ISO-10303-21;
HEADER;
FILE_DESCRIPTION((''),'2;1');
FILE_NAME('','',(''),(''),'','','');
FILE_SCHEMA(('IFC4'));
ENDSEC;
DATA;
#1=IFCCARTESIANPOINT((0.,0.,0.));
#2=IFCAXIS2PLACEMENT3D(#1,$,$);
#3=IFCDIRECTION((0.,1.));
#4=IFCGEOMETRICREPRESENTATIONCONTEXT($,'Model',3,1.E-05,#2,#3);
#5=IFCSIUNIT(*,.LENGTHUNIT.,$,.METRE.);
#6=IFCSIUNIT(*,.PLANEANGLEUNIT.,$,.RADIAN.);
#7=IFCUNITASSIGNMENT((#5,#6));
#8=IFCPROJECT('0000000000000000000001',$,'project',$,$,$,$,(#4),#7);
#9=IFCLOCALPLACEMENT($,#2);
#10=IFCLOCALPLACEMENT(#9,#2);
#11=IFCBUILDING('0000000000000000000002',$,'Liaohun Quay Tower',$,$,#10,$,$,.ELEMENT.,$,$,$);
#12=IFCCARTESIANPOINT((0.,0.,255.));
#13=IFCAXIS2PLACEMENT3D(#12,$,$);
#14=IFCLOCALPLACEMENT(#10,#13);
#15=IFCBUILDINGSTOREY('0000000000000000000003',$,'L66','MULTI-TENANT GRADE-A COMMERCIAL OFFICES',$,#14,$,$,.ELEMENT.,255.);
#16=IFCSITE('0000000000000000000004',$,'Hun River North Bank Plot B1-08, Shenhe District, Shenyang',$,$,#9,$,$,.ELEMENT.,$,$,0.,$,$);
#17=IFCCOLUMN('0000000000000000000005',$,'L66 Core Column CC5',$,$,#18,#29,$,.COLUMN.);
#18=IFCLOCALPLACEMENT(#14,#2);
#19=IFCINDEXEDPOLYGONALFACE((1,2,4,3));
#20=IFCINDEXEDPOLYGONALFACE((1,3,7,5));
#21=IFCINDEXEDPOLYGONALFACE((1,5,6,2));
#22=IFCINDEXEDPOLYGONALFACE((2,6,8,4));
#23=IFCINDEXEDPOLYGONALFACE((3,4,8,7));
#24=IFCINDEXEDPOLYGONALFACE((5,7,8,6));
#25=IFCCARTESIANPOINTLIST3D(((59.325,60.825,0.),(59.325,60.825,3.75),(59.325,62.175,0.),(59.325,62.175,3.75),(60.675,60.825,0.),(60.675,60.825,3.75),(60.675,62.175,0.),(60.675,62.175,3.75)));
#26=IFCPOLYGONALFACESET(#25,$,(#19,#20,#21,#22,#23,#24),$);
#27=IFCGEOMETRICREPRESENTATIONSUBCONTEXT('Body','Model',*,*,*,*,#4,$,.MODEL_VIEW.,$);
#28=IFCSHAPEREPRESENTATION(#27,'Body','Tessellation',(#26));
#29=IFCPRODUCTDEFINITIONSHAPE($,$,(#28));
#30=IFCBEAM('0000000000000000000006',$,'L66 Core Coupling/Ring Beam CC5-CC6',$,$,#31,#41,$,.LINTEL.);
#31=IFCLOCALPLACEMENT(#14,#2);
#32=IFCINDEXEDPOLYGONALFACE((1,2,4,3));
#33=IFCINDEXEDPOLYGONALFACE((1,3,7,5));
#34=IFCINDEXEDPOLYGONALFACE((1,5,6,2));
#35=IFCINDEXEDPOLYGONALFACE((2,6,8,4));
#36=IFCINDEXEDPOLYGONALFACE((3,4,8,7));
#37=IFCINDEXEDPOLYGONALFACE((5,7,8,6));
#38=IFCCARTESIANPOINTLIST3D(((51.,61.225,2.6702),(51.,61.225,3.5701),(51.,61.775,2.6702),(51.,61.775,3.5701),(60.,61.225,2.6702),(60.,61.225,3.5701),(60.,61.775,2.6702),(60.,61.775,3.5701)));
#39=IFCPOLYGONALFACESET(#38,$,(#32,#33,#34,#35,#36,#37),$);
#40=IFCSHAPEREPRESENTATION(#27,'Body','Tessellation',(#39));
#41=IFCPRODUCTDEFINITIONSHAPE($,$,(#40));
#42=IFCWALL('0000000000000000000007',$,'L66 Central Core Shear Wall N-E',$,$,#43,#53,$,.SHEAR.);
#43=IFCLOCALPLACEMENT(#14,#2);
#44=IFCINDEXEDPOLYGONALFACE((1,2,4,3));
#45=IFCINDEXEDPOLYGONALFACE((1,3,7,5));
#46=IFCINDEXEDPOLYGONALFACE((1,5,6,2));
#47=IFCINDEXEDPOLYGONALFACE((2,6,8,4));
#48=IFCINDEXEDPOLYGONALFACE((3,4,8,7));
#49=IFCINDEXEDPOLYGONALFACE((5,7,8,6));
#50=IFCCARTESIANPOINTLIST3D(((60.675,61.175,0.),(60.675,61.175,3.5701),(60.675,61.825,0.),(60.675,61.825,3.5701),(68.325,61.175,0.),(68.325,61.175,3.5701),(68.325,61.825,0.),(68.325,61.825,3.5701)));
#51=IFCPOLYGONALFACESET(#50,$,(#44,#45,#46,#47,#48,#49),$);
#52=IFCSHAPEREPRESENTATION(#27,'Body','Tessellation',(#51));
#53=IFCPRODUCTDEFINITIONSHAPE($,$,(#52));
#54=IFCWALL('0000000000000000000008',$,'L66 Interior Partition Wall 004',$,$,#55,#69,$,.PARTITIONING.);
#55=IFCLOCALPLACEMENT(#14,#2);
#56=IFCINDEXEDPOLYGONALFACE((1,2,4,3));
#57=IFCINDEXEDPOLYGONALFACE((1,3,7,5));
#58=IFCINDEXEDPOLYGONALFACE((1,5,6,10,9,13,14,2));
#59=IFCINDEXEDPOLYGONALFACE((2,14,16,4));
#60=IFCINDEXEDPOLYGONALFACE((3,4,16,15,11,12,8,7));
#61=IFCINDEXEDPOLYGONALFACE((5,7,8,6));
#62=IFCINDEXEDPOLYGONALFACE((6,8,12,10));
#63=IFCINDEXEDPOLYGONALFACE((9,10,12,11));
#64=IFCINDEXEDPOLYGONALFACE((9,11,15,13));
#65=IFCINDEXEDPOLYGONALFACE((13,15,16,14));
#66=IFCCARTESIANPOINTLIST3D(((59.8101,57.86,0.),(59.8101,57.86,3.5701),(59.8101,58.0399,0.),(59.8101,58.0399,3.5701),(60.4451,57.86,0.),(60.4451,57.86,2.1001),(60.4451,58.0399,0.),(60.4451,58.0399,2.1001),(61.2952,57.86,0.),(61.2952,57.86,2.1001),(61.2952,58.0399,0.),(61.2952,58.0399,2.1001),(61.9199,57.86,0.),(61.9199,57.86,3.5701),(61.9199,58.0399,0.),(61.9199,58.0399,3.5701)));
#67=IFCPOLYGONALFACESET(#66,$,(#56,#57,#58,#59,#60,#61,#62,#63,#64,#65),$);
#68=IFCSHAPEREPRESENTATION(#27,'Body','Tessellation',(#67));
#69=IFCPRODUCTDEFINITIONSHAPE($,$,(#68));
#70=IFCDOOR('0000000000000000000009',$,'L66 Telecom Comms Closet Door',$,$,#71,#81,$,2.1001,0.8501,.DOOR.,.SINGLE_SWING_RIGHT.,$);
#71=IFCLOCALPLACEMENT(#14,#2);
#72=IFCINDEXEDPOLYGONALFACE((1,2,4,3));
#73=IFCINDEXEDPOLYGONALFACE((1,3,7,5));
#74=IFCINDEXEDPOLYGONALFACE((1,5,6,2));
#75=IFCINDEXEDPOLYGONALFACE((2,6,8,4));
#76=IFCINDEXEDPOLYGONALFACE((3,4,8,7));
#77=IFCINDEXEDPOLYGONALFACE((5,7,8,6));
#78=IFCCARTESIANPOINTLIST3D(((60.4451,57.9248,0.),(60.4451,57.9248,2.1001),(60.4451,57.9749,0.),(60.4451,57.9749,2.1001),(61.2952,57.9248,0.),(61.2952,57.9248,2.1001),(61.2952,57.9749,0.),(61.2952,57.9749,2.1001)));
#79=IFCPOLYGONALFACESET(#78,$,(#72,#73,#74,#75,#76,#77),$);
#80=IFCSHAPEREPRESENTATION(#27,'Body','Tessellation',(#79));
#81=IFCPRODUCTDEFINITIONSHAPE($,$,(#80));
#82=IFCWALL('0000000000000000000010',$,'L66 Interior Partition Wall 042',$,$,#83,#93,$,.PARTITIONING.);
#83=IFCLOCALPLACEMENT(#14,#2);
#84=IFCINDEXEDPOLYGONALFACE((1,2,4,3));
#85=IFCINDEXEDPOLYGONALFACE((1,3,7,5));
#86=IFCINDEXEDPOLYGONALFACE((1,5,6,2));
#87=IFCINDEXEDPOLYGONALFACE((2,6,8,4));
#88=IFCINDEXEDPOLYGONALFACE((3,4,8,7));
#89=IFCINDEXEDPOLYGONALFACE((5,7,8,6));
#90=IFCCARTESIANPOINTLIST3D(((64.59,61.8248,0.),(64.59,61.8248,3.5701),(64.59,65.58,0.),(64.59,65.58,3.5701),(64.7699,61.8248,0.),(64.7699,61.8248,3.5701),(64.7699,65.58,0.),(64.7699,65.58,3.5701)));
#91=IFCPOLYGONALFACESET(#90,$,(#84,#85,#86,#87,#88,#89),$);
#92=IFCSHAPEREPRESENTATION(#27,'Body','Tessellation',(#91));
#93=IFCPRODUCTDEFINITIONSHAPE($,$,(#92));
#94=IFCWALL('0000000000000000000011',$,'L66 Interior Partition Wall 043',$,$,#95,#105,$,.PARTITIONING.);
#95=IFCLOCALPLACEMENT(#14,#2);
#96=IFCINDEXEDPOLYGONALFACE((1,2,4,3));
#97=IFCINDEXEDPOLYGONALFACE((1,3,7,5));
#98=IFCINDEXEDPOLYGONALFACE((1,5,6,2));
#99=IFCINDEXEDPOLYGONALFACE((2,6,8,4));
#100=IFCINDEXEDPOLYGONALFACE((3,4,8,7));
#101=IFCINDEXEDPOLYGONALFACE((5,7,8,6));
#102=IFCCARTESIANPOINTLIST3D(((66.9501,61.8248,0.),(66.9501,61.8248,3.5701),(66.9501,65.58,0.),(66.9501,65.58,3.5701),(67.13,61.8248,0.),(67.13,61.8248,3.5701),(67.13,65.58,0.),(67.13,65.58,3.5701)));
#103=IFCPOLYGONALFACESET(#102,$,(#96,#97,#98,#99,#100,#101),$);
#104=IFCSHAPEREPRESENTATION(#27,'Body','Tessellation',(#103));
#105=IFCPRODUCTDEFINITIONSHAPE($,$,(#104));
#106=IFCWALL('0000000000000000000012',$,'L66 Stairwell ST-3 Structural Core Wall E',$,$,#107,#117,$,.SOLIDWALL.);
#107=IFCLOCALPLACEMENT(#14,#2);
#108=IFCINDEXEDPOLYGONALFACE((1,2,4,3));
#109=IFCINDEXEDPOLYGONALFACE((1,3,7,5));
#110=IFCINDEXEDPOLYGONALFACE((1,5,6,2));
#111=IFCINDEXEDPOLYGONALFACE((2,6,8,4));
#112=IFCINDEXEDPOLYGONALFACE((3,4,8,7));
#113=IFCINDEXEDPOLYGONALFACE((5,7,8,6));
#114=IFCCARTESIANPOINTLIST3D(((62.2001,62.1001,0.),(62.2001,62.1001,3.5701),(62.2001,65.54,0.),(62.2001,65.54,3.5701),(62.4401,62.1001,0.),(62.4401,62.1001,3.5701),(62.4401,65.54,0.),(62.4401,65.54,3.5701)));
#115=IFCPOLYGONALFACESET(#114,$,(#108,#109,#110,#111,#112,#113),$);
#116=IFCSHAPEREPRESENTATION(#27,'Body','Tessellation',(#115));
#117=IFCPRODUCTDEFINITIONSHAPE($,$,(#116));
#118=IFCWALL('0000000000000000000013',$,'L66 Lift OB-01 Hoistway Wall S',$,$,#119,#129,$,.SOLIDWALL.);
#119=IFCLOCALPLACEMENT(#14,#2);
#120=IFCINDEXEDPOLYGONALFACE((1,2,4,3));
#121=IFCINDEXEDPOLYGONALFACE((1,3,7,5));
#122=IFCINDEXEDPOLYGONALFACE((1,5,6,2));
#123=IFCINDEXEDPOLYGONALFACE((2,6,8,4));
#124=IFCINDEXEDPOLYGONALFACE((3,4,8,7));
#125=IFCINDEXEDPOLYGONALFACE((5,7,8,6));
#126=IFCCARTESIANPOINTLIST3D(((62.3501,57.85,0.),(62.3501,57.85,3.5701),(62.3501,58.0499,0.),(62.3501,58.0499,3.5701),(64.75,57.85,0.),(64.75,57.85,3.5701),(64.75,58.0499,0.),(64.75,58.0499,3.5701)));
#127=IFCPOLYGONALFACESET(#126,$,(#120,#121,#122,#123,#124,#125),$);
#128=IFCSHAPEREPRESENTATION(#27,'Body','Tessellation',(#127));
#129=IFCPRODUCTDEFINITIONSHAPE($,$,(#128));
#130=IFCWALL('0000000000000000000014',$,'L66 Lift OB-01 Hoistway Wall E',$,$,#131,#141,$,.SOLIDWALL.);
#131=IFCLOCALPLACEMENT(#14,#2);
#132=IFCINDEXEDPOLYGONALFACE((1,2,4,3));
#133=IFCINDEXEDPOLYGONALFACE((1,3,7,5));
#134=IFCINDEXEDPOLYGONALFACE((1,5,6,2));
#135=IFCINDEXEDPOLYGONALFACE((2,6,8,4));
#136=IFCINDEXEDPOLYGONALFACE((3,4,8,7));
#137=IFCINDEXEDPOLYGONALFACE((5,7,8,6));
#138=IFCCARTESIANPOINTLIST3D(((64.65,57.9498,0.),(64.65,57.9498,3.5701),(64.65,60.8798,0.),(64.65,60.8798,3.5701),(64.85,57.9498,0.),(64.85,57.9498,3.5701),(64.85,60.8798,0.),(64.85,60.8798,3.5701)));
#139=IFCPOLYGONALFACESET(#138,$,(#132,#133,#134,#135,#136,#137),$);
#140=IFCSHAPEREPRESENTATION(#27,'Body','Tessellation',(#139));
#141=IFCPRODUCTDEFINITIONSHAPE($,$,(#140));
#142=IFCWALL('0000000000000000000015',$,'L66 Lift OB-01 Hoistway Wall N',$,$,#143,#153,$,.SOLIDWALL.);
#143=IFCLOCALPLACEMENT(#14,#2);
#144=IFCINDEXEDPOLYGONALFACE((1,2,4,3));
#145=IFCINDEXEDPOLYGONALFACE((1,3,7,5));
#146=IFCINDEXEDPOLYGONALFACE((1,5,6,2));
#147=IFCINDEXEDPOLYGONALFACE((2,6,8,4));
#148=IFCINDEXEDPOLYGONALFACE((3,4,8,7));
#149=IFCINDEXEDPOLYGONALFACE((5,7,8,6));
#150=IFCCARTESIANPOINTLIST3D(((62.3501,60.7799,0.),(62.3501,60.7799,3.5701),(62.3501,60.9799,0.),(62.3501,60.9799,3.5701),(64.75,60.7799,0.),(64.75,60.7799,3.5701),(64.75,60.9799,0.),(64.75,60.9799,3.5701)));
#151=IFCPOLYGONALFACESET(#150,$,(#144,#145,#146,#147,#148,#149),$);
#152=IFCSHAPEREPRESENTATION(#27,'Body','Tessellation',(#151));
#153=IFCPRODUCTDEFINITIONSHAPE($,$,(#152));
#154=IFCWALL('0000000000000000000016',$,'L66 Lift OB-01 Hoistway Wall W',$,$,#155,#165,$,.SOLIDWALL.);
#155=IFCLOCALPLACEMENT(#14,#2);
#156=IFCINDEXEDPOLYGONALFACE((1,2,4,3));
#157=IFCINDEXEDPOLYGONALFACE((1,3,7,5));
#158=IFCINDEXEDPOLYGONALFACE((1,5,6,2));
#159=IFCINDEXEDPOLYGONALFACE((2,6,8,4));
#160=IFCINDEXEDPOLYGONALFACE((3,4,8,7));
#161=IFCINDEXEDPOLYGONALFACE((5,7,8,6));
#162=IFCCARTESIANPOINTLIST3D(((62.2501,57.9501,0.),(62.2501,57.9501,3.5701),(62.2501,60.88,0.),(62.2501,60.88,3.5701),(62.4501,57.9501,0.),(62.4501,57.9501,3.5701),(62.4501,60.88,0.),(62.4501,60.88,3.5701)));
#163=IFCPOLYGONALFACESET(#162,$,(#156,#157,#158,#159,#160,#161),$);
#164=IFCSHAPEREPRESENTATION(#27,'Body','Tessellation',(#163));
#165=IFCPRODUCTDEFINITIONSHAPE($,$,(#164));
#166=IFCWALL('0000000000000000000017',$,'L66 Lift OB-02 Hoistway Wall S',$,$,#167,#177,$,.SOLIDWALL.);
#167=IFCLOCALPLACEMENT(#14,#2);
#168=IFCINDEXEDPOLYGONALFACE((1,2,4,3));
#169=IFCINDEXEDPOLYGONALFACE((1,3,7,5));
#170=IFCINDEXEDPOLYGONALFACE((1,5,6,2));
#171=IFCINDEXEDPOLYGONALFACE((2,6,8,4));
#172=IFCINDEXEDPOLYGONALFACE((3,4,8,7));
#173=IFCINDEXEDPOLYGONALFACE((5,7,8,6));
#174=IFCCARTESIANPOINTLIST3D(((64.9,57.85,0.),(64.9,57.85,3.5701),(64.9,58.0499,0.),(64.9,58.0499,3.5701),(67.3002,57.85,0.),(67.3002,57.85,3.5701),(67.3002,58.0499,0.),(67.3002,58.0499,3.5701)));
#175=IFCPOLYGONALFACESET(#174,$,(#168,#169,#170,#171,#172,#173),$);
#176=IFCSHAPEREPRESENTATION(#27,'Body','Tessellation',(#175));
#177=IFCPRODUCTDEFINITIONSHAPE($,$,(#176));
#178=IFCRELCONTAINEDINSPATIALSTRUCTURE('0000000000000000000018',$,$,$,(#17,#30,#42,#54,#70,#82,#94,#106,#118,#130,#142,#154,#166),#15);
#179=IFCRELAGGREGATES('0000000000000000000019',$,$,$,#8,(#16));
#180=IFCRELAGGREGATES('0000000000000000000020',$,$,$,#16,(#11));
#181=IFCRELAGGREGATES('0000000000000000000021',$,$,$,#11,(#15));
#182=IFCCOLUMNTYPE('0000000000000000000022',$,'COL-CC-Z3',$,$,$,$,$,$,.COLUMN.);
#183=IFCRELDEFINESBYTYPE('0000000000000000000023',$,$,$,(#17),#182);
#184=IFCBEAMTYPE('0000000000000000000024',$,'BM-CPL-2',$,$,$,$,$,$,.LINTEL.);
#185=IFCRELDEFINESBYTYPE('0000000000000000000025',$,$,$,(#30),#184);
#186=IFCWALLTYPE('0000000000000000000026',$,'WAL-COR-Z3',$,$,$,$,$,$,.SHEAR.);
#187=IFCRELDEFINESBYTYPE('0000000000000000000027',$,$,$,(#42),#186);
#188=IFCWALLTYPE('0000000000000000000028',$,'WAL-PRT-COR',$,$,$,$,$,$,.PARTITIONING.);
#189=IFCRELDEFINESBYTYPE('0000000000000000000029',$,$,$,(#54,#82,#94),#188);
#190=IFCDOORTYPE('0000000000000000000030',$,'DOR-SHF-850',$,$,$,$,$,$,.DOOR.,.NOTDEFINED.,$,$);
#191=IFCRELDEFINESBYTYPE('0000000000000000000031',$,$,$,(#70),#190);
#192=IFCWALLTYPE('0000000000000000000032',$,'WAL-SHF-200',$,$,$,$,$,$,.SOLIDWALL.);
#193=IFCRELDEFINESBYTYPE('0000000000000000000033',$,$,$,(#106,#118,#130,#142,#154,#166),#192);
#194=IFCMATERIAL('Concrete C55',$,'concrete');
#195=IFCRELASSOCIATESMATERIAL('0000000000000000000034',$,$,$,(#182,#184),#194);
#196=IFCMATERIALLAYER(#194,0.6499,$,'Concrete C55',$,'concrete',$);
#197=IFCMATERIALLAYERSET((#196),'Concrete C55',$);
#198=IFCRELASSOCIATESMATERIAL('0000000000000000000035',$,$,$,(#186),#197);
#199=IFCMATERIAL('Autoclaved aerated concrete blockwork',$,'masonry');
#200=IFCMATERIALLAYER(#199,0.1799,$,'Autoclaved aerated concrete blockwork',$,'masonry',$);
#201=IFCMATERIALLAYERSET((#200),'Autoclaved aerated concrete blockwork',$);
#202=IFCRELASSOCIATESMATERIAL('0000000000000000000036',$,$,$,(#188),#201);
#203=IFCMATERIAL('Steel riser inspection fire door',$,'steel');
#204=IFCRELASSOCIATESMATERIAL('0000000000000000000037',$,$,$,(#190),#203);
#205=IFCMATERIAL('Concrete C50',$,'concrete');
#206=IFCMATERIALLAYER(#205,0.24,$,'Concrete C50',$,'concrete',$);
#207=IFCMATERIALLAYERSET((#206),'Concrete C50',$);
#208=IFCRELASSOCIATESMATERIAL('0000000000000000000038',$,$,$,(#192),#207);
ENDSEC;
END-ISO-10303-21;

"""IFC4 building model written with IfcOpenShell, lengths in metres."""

from ifc_helpers import new_model, si_unit, direction, frame, frame_2d, origin, origin_2d, place, context, subcontext, project, spatial, rectangle, extrude, source, transform, mapped, material, layer, layer_set, material_profile, profile_set, type_object, element, fill, save


model = new_model("IFC4")

# Units and contexts
model_context = context("Model", 3, precision=1e-05, world=origin(), true_north=direction((0.0, 1.0)))
body_context = subcontext(model_context, "Body", "Model", "MODEL_VIEW")
ifc_project = project(units=[si_unit("LENGTHUNIT", "METRE"), si_unit("PLANEANGLEUNIT", "RADIAN")], contexts=[model_context])

# Site, building, storey
site_placement = place(None, origin())
site = spatial("IfcSite", under=ifc_project, at=site_placement, Name="Hun River North Bank Plot B1-08, Shenhe District, Shenyang", CompositionType="ELEMENT", RefElevation=0.0)
building_placement = place(site_placement, origin())
building = spatial("IfcBuilding", under=site, at=building_placement, Name="Liaohun Quay Tower", CompositionType="ELEMENT")
storey_placement = place(building_placement, frame((0.0, 0.0, 255.0)))
storey = spatial("IfcBuildingStorey", under=building, at=storey_placement, Name="L66", Description="MULTI-TENANT GRADE-A COMMERCIAL OFFICES", CompositionType="ELEMENT", Elevation=255.0)

# Column
ifc_material_1 = material(Name="Concrete C55", Category="concrete")
ifc_material_profile_1 = material_profile(ifc_material_1, rectangle(XDim=1.3501, YDim=1.3501, at=origin_2d()), Name="RC1350x1350")
ifc_profile_set_1 = profile_set([ifc_material_profile_1], Name="Concrete C55")
column_type = type_object("IfcColumnType", Name="COL-CC-Z3", PredefinedType="COLUMN", material=ifc_profile_set_1)
shared_shape_1 = source(origin(), body_context, "Body", "SweptSolid", [
    extrude(rectangle(XDim=1.3501, YDim=1.3501, at=origin_2d()), origin(), (0.0, 0.0, 1.0), 3.75),
])
column_placement = place(storey_placement, frame((60.0, 61.5, 0.0), z_axis=(0.0, 0.0, 1.0), x_axis=(1.0, 0.0, 0.0)))
element("IfcColumn", 1, at=column_placement, inside=storey, type_object=column_type, Name="L66 Core Column CC5", PredefinedType="COLUMN", context=body_context, shape_type="MappedRepresentation", body=[
    mapped(shared_shape_1, transform((0.0, 0.0, 0.0), x_axis=(1.0, 0.0, 0.0), y_axis=(0.0, 1.0, 0.0), z_axis=(0.0, 0.0, 1.0), scale=1.0)),
])

# Beam
ifc_material_profile_2 = material_profile(ifc_material_1, rectangle(XDim=0.55, YDim=0.8999, at=origin_2d()), Name="RC550x900")
ifc_profile_set_2 = profile_set([ifc_material_profile_2], Name="Concrete C55")
beam_type = type_object("IfcBeamType", Name="BM-CPL-2", PredefinedType="LINTEL", material=ifc_profile_set_2)
shared_shape_2 = source(origin(), body_context, "Body", "SweptSolid", [
    extrude(rectangle(XDim=0.55, YDim=0.8999, at=origin_2d()), origin(), (0.0, 0.0, 1.0), 9.0),
])
beam_placement = place(storey_placement, frame((60.0, 61.5, 3.1201), z_axis=(-1.0, 0.0, 0.0), x_axis=(0.0, -1.0, 0.0)))
element("IfcBeam", 2, at=beam_placement, inside=storey, type_object=beam_type, Name="L66 Core Coupling/Ring Beam CC5-CC6", PredefinedType="LINTEL", context=body_context, shape_type="MappedRepresentation", body=[
    mapped(shared_shape_2, transform((0.0, 0.0, 0.0), x_axis=(1.0, 0.0, 0.0), y_axis=(0.0, 1.0, 0.0), z_axis=(0.0, 0.0, 1.0), scale=1.0)),
])

# Wall
ifc_layer_1 = layer(ifc_material_1, 0.6499, Name="Concrete C55", Category="concrete")
ifc_layer_set_1 = layer_set([ifc_layer_1], Name="Concrete C55")
wall_type_1 = type_object("IfcWallType", Name="WAL-COR-Z3", PredefinedType="SHEAR", material=ifc_layer_set_1)
wall_1_placement = place(storey_placement, frame((60.675, 61.5, 0.0), z_axis=(0.0, 0.0, 1.0), x_axis=(1.0, 0.0, 0.0)))
element("IfcWall", 3, at=wall_1_placement, inside=storey, type_object=wall_type_1, Name="L66 Central Core Shear Wall N-E", PredefinedType="SHEAR", context=body_context, shape_type="SweptSolid", body=[
    extrude(rectangle(XDim=7.6499, YDim=0.6499, at=frame_2d((3.825, 0.0))), origin(), (0.0, 0.0, 1.0), 3.5701),
])

# Wall, opening, door
ifc_material_2 = material(Name="Autoclaved aerated concrete blockwork", Category="masonry")
ifc_layer_2 = layer(ifc_material_2, 0.1799, Name="Autoclaved aerated concrete blockwork", Category="masonry")
ifc_layer_set_2 = layer_set([ifc_layer_2], Name="Autoclaved aerated concrete blockwork")
wall_type_2 = type_object("IfcWallType", Name="WAL-PRT-COR", PredefinedType="PARTITIONING", material=ifc_layer_set_2)
wall_2_placement = place(storey_placement, frame((59.8101, 57.95, 0.0), z_axis=(0.0, 0.0, 1.0), x_axis=(1.0, 0.0, 0.0)))
wall_2 = element("IfcWall", 4, at=wall_2_placement, inside=storey, type_object=wall_type_2, Name="L66 Interior Partition Wall 004", PredefinedType="PARTITIONING", context=body_context, shape_type="SweptSolid", body=[
    extrude(rectangle(XDim=2.1099, YDim=0.1799, at=frame_2d((1.0549, 0.0))), origin(), (0.0, 0.0, 1.0), 3.5701),
])
shared_shape_3 = source(origin(), body_context, "Body", "SweptSolid", [
    extrude(rectangle(XDim=0.8501, YDim=2.1001, at=frame_2d((0.425, 1.05))), frame((0.0, 0.0999, 0.0), z_axis=(0.0, -1.0, 0.0), x_axis=(1.0, 0.0, 0.0)), (0.0, 0.0, 1.0), 0.2),
])
opening_placement = place(wall_2_placement, frame((0.635, 0.0, 0.0)))
opening = element("IfcOpeningElement", 5, at=opening_placement, cuts=wall_2, PredefinedType="OPENING", context=body_context, shape_type="MappedRepresentation", body=[
    mapped(shared_shape_3, transform((0.0, 0.0, 0.0), x_axis=(1.0, 0.0, 0.0), y_axis=(0.0, 1.0, 0.0), z_axis=(0.0, 0.0, 1.0), scale=1.0)),
])
ifc_material_3 = material(Name="Steel riser inspection fire door", Category="steel")
door_type = type_object("IfcDoorType", Name="DOR-SHF-850", OperationType="NOTDEFINED", PredefinedType="DOOR", material=ifc_material_3)
shared_shape_4 = source(origin(), body_context, "Body", "SweptSolid", [
    extrude(rectangle(XDim=0.8501, YDim=2.1001, at=frame_2d((0.425, 1.05))), frame((0.0, 0.0249, 0.0), z_axis=(0.0, -1.0, 0.0), x_axis=(1.0, 0.0, 0.0)), (0.0, 0.0, 1.0), 0.05),
])
door_placement = place(opening_placement, origin())
door = element("IfcDoor", 6, at=door_placement, inside=storey, type_object=door_type, Name="L66 Telecom Comms Closet Door", OperationType="SINGLE_SWING_RIGHT", OverallHeight=2.1001, OverallWidth=0.8501, PredefinedType="DOOR", context=body_context, shape_type="MappedRepresentation", body=[
    mapped(shared_shape_4, transform((0.0, 0.0, 0.0), x_axis=(1.0, 0.0, 0.0), y_axis=(0.0, 1.0, 0.0), z_axis=(0.0, 0.0, 1.0), scale=1.0)),
])
fill(opening, door)

# Walls
for number, where, z_axis, x_axis, name in (
    (7, (64.6799, 61.825, 0.0), (0.0, 0.0, 1.0), (0.0, 1.0, 0.0), "L66 Interior Partition Wall 042"),
    (8, (67.04, 61.825, 0.0), (0.0, 0.0, 1.0), (0.0, 1.0, 0.0), "L66 Interior Partition Wall 043"),
):
    element("IfcWall", number, at=place(storey_placement, frame(where, z_axis=z_axis, x_axis=x_axis)), inside=storey, type_object=wall_type_2, Name=name, PredefinedType="PARTITIONING", context=body_context, shape_type="SweptSolid", body=[
        extrude(rectangle(XDim=3.7551, YDim=0.1799, at=frame_2d((1.8774, 0.0))), origin(), (0.0, 0.0, 1.0), 3.5701),
    ])
ifc_material_4 = material(Name="Concrete C50", Category="concrete")
ifc_layer_3 = layer(ifc_material_4, 0.24, Name="Concrete C50", Category="concrete")
ifc_layer_set_3 = layer_set([ifc_layer_3], Name="Concrete C50")
wall_type_3 = type_object("IfcWallType", Name="WAL-SHF-200", PredefinedType="SOLIDWALL", material=ifc_layer_set_3)
wall_3_placement = place(storey_placement, frame((62.3201, 62.1001, 0.0), z_axis=(0.0, 0.0, 1.0), x_axis=(0.0, 1.0, 0.0)))
element("IfcWall", 9, at=wall_3_placement, inside=storey, type_object=wall_type_3, Name="L66 Stairwell ST-3 Structural Core Wall E", PredefinedType="SOLIDWALL", context=body_context, shape_type="SweptSolid", body=[
    extrude(rectangle(XDim=3.4399, YDim=0.24, at=frame_2d((1.72, 0.0))), origin(), (0.0, 0.0, 1.0), 3.5701),
])
wall_4_placement = place(storey_placement, frame((62.3501, 57.95, 0.0), z_axis=(0.0, 0.0, 1.0), x_axis=(1.0, 0.0, 0.0)))
element("IfcWall", 10, at=wall_4_placement, inside=storey, type_object=wall_type_3, Name="L66 Lift OB-01 Hoistway Wall S", PredefinedType="SOLIDWALL", context=body_context, shape_type="SweptSolid", body=[
    extrude(rectangle(XDim=2.3999, YDim=0.2, at=frame_2d((1.2, 0.0))), origin(), (0.0, 0.0, 1.0), 3.5701),
])
wall_5_placement = place(storey_placement, frame((64.75, 57.95, 0.0), z_axis=(0.0, 0.0, 1.0), x_axis=(0.0, 1.0, 0.0)))
element("IfcWall", 11, at=wall_5_placement, inside=storey, type_object=wall_type_3, Name="L66 Lift OB-01 Hoistway Wall E", PredefinedType="SOLIDWALL", context=body_context, shape_type="SweptSolid", body=[
    extrude(rectangle(XDim=2.9299, YDim=0.2, at=frame_2d((1.4648, 0.0))), origin(), (0.0, 0.0, 1.0), 3.5701),
])
wall_6_placement = place(storey_placement, frame((64.75, 60.8799, 0.0), z_axis=(0.0, 0.0, 1.0), x_axis=(-1.0, 0.0, 0.0)))
element("IfcWall", 12, at=wall_6_placement, inside=storey, type_object=wall_type_3, Name="L66 Lift OB-01 Hoistway Wall N", PredefinedType="SOLIDWALL", context=body_context, shape_type="SweptSolid", body=[
    extrude(rectangle(XDim=2.3999, YDim=0.2, at=frame_2d((1.2, 0.0))), origin(), (0.0, 0.0, 1.0), 3.5701),
])
wall_7_placement = place(storey_placement, frame((62.3501, 60.8799, 0.0), z_axis=(0.0, 0.0, 1.0), x_axis=(0.0, -1.0, 0.0)))
element("IfcWall", 13, at=wall_7_placement, inside=storey, type_object=wall_type_3, Name="L66 Lift OB-01 Hoistway Wall W", PredefinedType="SOLIDWALL", context=body_context, shape_type="SweptSolid", body=[
    extrude(rectangle(XDim=2.9299, YDim=0.2, at=frame_2d((1.4648, 0.0))), origin(), (0.0, 0.0, 1.0), 3.5701),
])
wall_8_placement = place(storey_placement, frame((64.8999, 57.95, 0.0), z_axis=(0.0, 0.0, 1.0), x_axis=(1.0, 0.0, 0.0)))
element("IfcWall", 14, at=wall_8_placement, inside=storey, type_object=wall_type_3, Name="L66 Lift OB-02 Hoistway Wall S", PredefinedType="SOLIDWALL", context=body_context, shape_type="SweptSolid", body=[
    extrude(rectangle(XDim=2.4001, YDim=0.2, at=frame_2d((1.2002, 0.0))), origin(), (0.0, 0.0, 1.0), 3.5701),
])

save(model, "model.ifc")
